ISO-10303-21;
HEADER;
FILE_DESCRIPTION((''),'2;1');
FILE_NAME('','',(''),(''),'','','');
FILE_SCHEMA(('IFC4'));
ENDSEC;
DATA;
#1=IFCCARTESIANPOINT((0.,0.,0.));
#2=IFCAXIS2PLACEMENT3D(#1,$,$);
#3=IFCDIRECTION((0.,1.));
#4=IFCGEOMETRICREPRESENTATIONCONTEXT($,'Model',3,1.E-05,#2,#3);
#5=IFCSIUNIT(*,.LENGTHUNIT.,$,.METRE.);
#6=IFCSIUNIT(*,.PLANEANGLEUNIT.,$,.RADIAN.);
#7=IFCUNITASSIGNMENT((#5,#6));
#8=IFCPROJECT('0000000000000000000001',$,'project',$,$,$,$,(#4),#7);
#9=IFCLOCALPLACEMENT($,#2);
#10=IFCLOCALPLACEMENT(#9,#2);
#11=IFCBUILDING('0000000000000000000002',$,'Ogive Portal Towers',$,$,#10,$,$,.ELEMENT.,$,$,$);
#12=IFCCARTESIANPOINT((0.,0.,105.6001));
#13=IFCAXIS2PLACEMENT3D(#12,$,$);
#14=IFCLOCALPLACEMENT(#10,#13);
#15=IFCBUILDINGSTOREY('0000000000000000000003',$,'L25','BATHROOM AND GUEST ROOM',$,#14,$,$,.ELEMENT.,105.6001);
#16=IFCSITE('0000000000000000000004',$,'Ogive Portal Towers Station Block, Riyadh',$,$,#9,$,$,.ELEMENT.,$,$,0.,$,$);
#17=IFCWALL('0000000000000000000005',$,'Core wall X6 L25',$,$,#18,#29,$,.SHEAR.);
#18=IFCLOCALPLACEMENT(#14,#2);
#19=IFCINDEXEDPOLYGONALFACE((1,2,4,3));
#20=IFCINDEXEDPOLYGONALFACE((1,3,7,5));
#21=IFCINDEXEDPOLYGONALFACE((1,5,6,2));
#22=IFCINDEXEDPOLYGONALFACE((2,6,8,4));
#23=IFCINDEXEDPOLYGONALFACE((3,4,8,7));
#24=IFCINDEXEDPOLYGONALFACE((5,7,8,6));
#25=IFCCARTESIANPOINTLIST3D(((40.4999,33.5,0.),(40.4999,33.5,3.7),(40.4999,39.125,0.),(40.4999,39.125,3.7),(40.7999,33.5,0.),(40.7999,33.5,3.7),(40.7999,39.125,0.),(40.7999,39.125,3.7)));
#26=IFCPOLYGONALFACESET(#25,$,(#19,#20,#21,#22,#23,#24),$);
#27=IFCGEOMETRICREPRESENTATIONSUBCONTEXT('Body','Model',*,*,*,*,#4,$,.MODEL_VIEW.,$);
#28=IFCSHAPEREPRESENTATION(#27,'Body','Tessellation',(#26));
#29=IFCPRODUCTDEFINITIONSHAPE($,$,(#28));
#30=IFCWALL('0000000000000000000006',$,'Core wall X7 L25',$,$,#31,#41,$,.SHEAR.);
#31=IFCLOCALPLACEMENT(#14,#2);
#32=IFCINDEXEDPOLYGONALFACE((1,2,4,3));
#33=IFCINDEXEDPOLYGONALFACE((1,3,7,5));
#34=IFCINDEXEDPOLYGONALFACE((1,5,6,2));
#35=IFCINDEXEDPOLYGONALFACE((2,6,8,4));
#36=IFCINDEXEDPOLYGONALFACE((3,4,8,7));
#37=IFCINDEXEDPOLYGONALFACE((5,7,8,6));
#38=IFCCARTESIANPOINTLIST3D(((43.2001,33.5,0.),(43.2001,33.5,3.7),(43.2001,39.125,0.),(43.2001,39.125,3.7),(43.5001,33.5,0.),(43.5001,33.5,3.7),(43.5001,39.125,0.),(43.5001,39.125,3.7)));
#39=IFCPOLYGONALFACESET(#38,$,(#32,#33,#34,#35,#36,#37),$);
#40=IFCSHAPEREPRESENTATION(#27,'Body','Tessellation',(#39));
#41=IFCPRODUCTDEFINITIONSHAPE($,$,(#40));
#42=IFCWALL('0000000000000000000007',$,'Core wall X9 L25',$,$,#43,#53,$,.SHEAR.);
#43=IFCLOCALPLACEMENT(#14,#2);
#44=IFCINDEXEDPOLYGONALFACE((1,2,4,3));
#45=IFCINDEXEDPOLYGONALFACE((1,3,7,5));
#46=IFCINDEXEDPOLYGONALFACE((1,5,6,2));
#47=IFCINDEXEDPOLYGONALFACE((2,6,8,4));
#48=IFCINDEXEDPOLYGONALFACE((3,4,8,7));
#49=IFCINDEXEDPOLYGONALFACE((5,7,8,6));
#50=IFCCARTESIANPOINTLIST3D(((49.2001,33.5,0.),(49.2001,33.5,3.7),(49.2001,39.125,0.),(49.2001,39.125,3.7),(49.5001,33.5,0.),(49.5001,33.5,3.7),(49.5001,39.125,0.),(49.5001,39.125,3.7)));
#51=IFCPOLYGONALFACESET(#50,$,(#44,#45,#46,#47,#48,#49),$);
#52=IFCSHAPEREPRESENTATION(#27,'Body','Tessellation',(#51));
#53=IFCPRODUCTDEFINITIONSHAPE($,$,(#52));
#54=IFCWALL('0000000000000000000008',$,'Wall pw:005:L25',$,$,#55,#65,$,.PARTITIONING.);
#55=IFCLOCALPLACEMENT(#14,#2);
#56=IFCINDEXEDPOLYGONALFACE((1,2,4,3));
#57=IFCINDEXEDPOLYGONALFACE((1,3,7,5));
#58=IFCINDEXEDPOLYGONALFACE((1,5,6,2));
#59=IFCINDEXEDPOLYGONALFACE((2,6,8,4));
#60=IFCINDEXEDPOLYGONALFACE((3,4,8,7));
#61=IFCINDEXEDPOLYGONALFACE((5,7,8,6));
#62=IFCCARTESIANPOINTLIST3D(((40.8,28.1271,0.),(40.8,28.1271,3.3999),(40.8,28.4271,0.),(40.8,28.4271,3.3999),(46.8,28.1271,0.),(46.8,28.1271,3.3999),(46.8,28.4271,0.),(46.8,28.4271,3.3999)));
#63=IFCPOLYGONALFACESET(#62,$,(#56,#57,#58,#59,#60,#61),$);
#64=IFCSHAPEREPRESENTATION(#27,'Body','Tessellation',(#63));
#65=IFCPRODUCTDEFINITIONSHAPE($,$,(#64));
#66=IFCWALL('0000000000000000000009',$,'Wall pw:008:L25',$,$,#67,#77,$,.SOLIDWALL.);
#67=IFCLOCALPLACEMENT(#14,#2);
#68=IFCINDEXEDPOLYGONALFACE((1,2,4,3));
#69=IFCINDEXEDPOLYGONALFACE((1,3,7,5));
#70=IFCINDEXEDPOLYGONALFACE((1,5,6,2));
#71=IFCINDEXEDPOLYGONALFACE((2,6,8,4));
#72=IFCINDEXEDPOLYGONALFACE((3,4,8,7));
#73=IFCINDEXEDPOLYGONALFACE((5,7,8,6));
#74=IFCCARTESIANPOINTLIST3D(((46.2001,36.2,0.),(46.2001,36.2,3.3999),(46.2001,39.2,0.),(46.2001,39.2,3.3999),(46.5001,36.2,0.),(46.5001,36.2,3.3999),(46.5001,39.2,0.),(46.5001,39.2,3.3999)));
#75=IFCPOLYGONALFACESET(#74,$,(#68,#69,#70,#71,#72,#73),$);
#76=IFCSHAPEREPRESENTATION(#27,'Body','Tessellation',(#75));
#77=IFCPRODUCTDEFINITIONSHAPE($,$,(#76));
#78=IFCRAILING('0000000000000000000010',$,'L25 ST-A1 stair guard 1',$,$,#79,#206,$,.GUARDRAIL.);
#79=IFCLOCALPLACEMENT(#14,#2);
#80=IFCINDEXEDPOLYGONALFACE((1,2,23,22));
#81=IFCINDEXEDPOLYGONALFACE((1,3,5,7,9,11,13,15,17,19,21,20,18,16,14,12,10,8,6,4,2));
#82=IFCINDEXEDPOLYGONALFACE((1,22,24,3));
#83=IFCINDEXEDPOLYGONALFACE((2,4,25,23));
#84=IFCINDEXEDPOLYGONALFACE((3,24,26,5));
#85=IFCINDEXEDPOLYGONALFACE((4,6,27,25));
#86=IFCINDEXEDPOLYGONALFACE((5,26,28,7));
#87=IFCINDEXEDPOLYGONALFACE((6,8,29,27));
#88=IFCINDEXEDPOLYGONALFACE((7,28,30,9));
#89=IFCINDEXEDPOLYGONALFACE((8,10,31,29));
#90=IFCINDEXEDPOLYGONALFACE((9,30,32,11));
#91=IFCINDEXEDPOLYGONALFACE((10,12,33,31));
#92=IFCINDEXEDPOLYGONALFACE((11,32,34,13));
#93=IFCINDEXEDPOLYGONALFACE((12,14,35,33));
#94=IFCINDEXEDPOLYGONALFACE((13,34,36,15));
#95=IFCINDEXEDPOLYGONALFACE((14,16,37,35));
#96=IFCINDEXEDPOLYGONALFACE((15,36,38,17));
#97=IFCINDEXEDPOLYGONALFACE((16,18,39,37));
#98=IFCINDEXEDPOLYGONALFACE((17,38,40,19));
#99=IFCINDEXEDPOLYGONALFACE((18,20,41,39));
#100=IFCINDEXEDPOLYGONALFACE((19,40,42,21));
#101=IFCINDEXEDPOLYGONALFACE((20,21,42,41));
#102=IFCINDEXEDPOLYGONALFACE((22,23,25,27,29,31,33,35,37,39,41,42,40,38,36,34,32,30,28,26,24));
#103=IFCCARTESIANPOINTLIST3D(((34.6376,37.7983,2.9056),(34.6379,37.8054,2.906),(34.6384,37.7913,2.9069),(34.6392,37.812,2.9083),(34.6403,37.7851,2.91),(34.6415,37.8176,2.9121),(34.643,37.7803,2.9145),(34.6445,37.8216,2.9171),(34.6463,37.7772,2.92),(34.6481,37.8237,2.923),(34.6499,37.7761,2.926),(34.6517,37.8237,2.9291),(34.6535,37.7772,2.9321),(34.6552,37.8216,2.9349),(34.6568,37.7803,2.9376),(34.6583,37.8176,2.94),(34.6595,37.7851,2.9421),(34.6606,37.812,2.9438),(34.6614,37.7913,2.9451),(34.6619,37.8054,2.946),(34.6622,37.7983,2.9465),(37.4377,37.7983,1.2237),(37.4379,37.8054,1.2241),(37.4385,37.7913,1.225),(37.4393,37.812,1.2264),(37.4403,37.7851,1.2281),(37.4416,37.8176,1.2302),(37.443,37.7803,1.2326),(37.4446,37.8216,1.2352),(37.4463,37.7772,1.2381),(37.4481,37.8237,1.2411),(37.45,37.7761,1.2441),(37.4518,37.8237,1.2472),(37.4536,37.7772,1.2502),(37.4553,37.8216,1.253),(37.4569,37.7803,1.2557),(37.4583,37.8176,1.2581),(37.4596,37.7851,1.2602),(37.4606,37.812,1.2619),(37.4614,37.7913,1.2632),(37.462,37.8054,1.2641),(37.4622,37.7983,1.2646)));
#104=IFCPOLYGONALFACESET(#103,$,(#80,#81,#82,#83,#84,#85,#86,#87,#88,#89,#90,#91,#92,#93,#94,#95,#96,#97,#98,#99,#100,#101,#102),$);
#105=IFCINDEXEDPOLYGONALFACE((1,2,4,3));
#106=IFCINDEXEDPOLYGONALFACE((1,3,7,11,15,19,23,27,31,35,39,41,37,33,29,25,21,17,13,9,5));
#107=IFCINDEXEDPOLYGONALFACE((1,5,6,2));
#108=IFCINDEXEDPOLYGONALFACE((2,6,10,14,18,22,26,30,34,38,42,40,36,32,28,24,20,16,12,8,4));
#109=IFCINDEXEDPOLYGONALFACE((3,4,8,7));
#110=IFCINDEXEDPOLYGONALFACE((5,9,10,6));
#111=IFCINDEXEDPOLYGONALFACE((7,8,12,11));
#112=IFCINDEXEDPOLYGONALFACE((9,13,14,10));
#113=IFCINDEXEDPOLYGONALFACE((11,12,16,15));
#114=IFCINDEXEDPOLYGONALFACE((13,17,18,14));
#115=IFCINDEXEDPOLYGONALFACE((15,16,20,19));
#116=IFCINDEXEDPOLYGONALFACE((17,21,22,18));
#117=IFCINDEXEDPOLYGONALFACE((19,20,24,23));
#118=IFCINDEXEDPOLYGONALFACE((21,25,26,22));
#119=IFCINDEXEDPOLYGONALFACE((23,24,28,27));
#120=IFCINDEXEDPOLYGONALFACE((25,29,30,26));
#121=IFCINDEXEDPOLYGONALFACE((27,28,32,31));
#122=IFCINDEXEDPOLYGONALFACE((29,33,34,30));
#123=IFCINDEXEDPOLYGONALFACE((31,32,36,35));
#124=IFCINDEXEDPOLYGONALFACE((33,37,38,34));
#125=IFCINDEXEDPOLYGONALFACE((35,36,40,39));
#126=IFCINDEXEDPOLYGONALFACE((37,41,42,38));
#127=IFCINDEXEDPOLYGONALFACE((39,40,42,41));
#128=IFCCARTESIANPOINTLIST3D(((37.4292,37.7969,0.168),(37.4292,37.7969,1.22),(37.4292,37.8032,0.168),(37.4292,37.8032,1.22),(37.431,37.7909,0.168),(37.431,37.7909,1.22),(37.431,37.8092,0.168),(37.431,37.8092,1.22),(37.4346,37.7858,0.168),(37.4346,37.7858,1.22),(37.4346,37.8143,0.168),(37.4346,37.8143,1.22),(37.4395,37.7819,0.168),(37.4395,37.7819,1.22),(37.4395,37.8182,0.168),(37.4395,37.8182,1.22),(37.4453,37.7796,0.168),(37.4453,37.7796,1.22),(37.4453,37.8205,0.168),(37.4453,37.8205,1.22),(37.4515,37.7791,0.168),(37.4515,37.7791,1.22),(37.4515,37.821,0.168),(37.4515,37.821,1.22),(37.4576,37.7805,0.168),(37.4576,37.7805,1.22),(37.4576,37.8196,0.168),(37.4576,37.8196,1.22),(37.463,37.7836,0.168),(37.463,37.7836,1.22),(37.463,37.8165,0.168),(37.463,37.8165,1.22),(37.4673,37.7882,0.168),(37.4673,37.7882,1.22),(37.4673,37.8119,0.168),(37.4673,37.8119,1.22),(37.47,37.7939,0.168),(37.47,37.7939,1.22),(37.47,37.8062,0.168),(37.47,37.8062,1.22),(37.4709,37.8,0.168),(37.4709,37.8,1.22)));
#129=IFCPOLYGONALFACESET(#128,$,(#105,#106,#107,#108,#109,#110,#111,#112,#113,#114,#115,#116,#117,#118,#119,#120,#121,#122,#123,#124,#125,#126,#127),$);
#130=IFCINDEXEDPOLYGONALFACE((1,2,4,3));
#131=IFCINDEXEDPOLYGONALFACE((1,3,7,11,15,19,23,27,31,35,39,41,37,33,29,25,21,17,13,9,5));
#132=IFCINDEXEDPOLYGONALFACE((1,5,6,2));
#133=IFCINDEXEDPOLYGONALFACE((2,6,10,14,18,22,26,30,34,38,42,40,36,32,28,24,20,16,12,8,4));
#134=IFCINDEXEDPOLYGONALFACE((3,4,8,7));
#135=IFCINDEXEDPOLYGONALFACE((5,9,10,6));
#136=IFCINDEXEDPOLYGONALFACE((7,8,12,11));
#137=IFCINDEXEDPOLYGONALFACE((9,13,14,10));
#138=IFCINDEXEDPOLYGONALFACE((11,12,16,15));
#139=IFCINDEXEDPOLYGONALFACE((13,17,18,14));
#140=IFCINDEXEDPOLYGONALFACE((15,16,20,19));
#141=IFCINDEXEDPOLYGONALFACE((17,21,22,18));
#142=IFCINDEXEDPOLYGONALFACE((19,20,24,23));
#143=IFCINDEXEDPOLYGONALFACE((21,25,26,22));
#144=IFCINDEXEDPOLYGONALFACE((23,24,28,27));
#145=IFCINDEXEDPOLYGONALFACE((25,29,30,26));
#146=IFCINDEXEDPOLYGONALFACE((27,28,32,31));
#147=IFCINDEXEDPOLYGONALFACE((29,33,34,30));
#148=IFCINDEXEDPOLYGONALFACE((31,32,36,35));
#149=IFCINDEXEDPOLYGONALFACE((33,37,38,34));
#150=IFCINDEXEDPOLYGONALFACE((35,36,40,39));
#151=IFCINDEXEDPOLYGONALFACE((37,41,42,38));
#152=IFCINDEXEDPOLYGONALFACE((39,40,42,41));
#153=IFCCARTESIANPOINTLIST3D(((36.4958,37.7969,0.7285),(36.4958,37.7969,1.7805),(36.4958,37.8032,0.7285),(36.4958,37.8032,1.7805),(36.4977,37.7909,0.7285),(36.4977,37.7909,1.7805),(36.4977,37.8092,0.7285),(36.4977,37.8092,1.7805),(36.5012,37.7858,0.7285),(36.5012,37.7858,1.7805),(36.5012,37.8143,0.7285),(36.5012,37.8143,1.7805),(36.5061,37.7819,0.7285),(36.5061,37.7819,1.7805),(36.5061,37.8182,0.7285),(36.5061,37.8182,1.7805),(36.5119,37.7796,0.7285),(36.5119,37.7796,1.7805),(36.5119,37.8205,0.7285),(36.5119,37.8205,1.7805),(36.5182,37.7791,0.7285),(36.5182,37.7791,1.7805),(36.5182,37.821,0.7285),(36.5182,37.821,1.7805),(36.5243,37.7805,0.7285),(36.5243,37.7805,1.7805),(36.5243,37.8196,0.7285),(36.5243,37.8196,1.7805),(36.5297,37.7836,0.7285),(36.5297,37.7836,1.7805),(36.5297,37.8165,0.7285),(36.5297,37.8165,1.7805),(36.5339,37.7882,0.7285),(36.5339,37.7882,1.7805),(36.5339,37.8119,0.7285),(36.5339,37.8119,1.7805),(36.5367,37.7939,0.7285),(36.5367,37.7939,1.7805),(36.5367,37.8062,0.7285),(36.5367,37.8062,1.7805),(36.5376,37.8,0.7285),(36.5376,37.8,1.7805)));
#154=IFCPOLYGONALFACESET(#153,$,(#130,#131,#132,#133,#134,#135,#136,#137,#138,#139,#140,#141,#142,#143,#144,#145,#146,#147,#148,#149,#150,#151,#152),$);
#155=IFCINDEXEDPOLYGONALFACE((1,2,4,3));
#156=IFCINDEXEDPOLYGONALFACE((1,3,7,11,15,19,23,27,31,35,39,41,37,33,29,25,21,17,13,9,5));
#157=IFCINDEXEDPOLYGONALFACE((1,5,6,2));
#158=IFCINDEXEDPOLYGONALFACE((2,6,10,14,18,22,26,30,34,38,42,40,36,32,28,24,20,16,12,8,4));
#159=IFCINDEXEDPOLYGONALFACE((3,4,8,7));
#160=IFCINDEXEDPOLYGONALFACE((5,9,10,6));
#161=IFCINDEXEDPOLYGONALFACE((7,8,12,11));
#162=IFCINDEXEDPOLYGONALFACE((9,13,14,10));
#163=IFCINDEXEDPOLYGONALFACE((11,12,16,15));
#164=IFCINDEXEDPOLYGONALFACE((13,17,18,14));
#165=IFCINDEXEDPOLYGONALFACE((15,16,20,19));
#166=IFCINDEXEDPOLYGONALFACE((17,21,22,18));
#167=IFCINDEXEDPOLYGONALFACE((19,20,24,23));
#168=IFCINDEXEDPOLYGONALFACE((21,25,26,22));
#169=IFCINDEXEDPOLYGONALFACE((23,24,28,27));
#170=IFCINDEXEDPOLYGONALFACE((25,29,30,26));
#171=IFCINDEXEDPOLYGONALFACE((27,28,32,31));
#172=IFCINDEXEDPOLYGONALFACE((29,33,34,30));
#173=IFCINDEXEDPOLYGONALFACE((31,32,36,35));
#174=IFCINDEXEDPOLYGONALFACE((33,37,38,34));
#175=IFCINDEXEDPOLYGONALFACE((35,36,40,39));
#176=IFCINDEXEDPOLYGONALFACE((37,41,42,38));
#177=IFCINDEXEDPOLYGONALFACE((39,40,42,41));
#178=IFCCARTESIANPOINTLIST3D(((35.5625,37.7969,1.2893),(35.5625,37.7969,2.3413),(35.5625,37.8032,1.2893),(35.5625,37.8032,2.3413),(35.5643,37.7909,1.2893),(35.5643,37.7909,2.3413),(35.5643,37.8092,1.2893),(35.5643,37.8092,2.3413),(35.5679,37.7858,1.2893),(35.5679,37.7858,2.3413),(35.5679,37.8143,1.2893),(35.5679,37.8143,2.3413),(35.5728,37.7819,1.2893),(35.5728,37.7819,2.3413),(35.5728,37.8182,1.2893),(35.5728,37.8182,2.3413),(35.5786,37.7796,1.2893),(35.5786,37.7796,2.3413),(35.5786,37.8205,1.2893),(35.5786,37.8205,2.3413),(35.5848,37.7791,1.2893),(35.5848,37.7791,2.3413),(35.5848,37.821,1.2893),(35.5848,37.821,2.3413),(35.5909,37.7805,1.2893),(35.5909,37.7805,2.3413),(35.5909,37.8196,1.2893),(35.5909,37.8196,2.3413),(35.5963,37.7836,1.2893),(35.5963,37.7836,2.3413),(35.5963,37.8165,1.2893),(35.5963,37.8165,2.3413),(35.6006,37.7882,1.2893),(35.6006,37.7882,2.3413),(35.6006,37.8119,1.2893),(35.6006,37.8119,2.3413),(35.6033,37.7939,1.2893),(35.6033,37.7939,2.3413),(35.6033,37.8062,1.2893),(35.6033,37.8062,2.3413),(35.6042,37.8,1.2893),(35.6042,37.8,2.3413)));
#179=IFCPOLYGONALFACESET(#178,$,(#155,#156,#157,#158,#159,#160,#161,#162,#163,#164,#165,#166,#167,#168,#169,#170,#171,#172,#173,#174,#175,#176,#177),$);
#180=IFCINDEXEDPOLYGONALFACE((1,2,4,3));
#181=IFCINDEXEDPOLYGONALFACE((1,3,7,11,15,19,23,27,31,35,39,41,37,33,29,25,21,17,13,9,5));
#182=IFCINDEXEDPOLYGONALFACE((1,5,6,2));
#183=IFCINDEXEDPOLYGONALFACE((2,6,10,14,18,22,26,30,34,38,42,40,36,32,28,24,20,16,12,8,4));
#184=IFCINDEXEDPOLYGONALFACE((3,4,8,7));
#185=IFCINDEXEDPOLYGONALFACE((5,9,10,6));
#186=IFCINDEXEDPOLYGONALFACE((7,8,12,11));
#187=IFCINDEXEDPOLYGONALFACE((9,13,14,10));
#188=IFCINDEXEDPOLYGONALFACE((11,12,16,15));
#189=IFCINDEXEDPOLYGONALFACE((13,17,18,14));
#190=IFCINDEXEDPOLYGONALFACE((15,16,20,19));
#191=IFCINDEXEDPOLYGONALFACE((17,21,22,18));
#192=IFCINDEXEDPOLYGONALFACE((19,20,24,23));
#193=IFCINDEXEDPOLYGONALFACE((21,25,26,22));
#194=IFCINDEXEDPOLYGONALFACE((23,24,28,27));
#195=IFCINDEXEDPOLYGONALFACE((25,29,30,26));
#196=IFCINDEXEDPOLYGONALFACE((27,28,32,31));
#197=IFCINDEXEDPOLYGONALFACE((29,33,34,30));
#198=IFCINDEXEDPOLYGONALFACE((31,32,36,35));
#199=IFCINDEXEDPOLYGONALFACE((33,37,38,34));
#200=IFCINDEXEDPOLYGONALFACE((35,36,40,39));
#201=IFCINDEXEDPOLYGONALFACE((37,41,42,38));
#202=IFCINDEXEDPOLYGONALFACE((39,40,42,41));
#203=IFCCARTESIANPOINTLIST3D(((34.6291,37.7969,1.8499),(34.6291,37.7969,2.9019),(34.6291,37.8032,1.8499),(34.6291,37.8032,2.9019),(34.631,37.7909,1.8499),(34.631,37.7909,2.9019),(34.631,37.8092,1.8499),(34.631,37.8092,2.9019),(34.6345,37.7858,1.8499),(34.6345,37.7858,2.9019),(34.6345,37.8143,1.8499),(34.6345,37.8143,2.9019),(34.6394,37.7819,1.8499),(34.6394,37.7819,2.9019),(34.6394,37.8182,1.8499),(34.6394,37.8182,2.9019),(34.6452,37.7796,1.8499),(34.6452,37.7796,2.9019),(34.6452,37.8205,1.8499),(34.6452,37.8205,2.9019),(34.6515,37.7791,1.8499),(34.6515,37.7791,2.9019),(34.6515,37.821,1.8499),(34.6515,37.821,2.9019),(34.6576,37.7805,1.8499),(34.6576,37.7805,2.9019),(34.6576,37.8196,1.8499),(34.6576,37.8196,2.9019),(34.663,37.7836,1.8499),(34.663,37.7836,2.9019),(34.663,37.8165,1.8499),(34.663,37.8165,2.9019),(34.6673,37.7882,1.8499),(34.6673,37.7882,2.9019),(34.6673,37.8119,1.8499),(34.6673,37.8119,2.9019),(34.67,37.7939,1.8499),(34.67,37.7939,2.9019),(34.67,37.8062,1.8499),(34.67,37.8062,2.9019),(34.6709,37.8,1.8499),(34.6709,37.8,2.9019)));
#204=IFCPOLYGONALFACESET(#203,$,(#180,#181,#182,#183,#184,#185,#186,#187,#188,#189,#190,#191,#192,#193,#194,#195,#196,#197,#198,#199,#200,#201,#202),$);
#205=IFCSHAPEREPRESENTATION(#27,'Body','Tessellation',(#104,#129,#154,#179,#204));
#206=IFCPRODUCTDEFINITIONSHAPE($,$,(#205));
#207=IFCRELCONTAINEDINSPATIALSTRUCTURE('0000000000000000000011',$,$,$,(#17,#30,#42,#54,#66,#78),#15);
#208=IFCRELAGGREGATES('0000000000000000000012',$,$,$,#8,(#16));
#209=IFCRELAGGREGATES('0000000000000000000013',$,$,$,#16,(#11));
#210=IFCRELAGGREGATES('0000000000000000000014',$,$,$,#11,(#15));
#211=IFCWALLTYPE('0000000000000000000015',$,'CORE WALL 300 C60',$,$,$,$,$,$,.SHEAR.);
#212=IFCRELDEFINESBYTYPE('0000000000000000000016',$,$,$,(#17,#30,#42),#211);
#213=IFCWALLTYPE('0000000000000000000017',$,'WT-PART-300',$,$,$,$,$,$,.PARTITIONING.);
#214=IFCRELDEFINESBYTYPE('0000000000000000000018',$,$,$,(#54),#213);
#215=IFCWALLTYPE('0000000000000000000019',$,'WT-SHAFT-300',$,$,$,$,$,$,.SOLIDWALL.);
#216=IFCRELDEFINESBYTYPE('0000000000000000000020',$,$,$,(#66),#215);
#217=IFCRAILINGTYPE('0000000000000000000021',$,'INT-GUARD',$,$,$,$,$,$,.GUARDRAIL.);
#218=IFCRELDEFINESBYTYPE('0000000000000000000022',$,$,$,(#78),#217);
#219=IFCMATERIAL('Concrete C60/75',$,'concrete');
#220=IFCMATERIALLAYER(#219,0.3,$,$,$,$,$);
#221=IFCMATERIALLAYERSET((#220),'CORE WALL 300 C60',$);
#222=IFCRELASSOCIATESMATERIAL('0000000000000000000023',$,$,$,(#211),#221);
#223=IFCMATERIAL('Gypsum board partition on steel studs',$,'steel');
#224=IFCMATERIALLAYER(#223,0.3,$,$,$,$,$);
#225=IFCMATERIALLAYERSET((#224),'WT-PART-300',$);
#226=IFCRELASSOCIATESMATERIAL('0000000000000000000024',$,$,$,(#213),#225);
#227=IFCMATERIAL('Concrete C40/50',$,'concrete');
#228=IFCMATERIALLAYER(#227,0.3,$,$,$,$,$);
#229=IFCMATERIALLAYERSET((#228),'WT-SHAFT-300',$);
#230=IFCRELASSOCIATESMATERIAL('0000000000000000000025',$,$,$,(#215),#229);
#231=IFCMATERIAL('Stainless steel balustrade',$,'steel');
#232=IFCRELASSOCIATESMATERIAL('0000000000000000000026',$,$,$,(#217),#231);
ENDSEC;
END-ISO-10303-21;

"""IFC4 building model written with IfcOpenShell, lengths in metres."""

from ifc_helpers import new_model, si_unit, direction, frame, frame_2d, origin, origin_2d, place, context, subcontext, project, spatial, rectangle, circle, extrude, material, layer, layer_set, type_object, element, save


model = new_model("IFC4")

# Units and contexts
model_context = context("Model", 3, precision=1e-05, world=origin(), true_north=direction((0.0, 1.0)))
body_context = subcontext(model_context, "Body", "Model", "MODEL_VIEW")
ifc_project = project(units=[si_unit("LENGTHUNIT", "METRE"), si_unit("PLANEANGLEUNIT", "RADIAN")], contexts=[model_context])

# Site, building, storey
site_placement = place(None, origin())
site = spatial("IfcSite", under=ifc_project, at=site_placement, Name="Ogive Portal Towers Station Block, Riyadh", CompositionType="ELEMENT", RefElevation=0.0)
building_placement = place(site_placement, origin())
building = spatial("IfcBuilding", under=site, at=building_placement, Name="Ogive Portal Towers", CompositionType="ELEMENT")
storey_placement = place(building_placement, frame((0.0, 0.0, 105.6001)))
storey = spatial("IfcBuildingStorey", under=building, at=storey_placement, Name="L25", Description="BATHROOM AND GUEST ROOM", CompositionType="ELEMENT", Elevation=105.6001)

# Shared definitions
ifc_material_1 = material(Name="Concrete C60/75", Category="concrete")
ifc_layer_1 = layer(ifc_material_1, 0.3)
ifc_layer_set_1 = layer_set([ifc_layer_1], Name="CORE WALL 300 C60")
wall_type_1 = type_object("IfcWallType", Name="CORE WALL 300 C60", PredefinedType="SHEAR", material=ifc_layer_set_1)

# Walls
for number, where, z_axis, x_axis, name in (
    (1, (40.6499, 33.5, 0.0), (0.0, 0.0, 1.0), (0.0, 1.0, 0.0), "Core wall X6 L25"),
    (2, (43.3501, 33.5, 0.0), (0.0, 0.0, 1.0), (0.0, 1.0, 0.0), "Core wall X7 L25"),
):
    element("IfcWall", number, at=place(storey_placement, frame(where, z_axis=z_axis, x_axis=x_axis)), inside=storey, type_object=wall_type_1, Name=name, PredefinedType="SHEAR", context=body_context, shape_type="SweptSolid", body=[
        extrude(rectangle(XDim=5.625, YDim=0.3, at=frame_2d((2.8125, 0.0))), origin(), (0.0, 0.0, 1.0), 3.7),
    ])

# Walls
wall_1_placement = place(storey_placement, frame((49.3501, 33.5, 0.0), z_axis=(0.0, 0.0, 1.0), x_axis=(0.0, 1.0, 0.0)))
element("IfcWall", 3, at=wall_1_placement, inside=storey, type_object=wall_type_1, Name="Core wall X9 L25", PredefinedType="SHEAR", context=body_context, shape_type="SweptSolid", body=[
    extrude(rectangle(XDim=5.625, YDim=0.3, at=frame_2d((2.8125, 0.0))), origin(), (0.0, 0.0, 1.0), 3.7),
])
ifc_material_2 = material(Name="Gypsum board partition on steel studs", Category="steel")
ifc_layer_2 = layer(ifc_material_2, 0.3)
ifc_layer_set_2 = layer_set([ifc_layer_2], Name="WT-PART-300")
wall_type_2 = type_object("IfcWallType", Name="WT-PART-300", PredefinedType="PARTITIONING", material=ifc_layer_set_2)
wall_2_placement = place(storey_placement, frame((40.8, 28.2771, 0.0), z_axis=(0.0, 0.0, 1.0), x_axis=(1.0, 0.0, 0.0)))
element("IfcWall", 4, at=wall_2_placement, inside=storey, type_object=wall_type_2, Name="Wall pw:005:L25", PredefinedType="PARTITIONING", context=body_context, shape_type="SweptSolid", body=[
    extrude(rectangle(XDim=6.0, YDim=0.3, at=frame_2d((3.0, 0.0))), origin(), (0.0, 0.0, 1.0), 3.3999),
])
ifc_material_3 = material(Name="Concrete C40/50", Category="concrete")
ifc_layer_3 = layer(ifc_material_3, 0.3)
ifc_layer_set_3 = layer_set([ifc_layer_3], Name="WT-SHAFT-300")
wall_type_3 = type_object("IfcWallType", Name="WT-SHAFT-300", PredefinedType="SOLIDWALL", material=ifc_layer_set_3)
wall_3_placement = place(storey_placement, frame((46.3501, 36.2, 0.0), z_axis=(0.0, 0.0, 1.0), x_axis=(0.0, 1.0, 0.0)))
element("IfcWall", 5, at=wall_3_placement, inside=storey, type_object=wall_type_3, Name="Wall pw:008:L25", PredefinedType="SOLIDWALL", context=body_context, shape_type="SweptSolid", body=[
    extrude(rectangle(XDim=3.0, YDim=0.3, at=frame_2d((1.5, 0.0))), origin(), (0.0, 0.0, 1.0), 3.3999),
])

# Railing
ifc_material_4 = material(Name="Stainless steel balustrade", Category="steel")
railing_type_1 = type_object("IfcRailingType", Name="INT-GUARD", PredefinedType="GUARDRAIL", material=ifc_material_4)
railing_1_placement = place(storey_placement, frame((37.45, 37.8, 0.168)))
element("IfcRailing", 6, at=railing_1_placement, inside=storey, type_object=railing_type_1, Name="L25 ST-A1 stair guard 1", PredefinedType="GUARDRAIL", context=body_context, shape_type="SweptSolid", body=[
    extrude(circle(Radius=0.0239, at=origin_2d()), frame((0.0, 0.0, 1.0762), z_axis=(-0.857242, 0.0, 0.514913), x_axis=(0.0, -1.0, 0.0)), (0.0, 0.0, 1.0), 3.2664),
    extrude(circle(Radius=0.021, at=origin_2d()), origin(), (0.0, 0.0, 1.0), 1.052),
    extrude(circle(Radius=0.021, at=origin_2d()), frame((-0.9333, 0.0, 0.5605)), (0.0, 0.0, 1.0), 1.052),
    extrude(circle(Radius=0.021, at=origin_2d()), frame((-1.8667, 0.0, 1.1213)), (0.0, 0.0, 1.0), 1.052),
    extrude(circle(Radius=0.021, at=origin_2d()), frame((-2.8, 0.0, 1.6819)), (0.0, 0.0, 1.0), 1.052),
])

save(model, "model.ifc")
